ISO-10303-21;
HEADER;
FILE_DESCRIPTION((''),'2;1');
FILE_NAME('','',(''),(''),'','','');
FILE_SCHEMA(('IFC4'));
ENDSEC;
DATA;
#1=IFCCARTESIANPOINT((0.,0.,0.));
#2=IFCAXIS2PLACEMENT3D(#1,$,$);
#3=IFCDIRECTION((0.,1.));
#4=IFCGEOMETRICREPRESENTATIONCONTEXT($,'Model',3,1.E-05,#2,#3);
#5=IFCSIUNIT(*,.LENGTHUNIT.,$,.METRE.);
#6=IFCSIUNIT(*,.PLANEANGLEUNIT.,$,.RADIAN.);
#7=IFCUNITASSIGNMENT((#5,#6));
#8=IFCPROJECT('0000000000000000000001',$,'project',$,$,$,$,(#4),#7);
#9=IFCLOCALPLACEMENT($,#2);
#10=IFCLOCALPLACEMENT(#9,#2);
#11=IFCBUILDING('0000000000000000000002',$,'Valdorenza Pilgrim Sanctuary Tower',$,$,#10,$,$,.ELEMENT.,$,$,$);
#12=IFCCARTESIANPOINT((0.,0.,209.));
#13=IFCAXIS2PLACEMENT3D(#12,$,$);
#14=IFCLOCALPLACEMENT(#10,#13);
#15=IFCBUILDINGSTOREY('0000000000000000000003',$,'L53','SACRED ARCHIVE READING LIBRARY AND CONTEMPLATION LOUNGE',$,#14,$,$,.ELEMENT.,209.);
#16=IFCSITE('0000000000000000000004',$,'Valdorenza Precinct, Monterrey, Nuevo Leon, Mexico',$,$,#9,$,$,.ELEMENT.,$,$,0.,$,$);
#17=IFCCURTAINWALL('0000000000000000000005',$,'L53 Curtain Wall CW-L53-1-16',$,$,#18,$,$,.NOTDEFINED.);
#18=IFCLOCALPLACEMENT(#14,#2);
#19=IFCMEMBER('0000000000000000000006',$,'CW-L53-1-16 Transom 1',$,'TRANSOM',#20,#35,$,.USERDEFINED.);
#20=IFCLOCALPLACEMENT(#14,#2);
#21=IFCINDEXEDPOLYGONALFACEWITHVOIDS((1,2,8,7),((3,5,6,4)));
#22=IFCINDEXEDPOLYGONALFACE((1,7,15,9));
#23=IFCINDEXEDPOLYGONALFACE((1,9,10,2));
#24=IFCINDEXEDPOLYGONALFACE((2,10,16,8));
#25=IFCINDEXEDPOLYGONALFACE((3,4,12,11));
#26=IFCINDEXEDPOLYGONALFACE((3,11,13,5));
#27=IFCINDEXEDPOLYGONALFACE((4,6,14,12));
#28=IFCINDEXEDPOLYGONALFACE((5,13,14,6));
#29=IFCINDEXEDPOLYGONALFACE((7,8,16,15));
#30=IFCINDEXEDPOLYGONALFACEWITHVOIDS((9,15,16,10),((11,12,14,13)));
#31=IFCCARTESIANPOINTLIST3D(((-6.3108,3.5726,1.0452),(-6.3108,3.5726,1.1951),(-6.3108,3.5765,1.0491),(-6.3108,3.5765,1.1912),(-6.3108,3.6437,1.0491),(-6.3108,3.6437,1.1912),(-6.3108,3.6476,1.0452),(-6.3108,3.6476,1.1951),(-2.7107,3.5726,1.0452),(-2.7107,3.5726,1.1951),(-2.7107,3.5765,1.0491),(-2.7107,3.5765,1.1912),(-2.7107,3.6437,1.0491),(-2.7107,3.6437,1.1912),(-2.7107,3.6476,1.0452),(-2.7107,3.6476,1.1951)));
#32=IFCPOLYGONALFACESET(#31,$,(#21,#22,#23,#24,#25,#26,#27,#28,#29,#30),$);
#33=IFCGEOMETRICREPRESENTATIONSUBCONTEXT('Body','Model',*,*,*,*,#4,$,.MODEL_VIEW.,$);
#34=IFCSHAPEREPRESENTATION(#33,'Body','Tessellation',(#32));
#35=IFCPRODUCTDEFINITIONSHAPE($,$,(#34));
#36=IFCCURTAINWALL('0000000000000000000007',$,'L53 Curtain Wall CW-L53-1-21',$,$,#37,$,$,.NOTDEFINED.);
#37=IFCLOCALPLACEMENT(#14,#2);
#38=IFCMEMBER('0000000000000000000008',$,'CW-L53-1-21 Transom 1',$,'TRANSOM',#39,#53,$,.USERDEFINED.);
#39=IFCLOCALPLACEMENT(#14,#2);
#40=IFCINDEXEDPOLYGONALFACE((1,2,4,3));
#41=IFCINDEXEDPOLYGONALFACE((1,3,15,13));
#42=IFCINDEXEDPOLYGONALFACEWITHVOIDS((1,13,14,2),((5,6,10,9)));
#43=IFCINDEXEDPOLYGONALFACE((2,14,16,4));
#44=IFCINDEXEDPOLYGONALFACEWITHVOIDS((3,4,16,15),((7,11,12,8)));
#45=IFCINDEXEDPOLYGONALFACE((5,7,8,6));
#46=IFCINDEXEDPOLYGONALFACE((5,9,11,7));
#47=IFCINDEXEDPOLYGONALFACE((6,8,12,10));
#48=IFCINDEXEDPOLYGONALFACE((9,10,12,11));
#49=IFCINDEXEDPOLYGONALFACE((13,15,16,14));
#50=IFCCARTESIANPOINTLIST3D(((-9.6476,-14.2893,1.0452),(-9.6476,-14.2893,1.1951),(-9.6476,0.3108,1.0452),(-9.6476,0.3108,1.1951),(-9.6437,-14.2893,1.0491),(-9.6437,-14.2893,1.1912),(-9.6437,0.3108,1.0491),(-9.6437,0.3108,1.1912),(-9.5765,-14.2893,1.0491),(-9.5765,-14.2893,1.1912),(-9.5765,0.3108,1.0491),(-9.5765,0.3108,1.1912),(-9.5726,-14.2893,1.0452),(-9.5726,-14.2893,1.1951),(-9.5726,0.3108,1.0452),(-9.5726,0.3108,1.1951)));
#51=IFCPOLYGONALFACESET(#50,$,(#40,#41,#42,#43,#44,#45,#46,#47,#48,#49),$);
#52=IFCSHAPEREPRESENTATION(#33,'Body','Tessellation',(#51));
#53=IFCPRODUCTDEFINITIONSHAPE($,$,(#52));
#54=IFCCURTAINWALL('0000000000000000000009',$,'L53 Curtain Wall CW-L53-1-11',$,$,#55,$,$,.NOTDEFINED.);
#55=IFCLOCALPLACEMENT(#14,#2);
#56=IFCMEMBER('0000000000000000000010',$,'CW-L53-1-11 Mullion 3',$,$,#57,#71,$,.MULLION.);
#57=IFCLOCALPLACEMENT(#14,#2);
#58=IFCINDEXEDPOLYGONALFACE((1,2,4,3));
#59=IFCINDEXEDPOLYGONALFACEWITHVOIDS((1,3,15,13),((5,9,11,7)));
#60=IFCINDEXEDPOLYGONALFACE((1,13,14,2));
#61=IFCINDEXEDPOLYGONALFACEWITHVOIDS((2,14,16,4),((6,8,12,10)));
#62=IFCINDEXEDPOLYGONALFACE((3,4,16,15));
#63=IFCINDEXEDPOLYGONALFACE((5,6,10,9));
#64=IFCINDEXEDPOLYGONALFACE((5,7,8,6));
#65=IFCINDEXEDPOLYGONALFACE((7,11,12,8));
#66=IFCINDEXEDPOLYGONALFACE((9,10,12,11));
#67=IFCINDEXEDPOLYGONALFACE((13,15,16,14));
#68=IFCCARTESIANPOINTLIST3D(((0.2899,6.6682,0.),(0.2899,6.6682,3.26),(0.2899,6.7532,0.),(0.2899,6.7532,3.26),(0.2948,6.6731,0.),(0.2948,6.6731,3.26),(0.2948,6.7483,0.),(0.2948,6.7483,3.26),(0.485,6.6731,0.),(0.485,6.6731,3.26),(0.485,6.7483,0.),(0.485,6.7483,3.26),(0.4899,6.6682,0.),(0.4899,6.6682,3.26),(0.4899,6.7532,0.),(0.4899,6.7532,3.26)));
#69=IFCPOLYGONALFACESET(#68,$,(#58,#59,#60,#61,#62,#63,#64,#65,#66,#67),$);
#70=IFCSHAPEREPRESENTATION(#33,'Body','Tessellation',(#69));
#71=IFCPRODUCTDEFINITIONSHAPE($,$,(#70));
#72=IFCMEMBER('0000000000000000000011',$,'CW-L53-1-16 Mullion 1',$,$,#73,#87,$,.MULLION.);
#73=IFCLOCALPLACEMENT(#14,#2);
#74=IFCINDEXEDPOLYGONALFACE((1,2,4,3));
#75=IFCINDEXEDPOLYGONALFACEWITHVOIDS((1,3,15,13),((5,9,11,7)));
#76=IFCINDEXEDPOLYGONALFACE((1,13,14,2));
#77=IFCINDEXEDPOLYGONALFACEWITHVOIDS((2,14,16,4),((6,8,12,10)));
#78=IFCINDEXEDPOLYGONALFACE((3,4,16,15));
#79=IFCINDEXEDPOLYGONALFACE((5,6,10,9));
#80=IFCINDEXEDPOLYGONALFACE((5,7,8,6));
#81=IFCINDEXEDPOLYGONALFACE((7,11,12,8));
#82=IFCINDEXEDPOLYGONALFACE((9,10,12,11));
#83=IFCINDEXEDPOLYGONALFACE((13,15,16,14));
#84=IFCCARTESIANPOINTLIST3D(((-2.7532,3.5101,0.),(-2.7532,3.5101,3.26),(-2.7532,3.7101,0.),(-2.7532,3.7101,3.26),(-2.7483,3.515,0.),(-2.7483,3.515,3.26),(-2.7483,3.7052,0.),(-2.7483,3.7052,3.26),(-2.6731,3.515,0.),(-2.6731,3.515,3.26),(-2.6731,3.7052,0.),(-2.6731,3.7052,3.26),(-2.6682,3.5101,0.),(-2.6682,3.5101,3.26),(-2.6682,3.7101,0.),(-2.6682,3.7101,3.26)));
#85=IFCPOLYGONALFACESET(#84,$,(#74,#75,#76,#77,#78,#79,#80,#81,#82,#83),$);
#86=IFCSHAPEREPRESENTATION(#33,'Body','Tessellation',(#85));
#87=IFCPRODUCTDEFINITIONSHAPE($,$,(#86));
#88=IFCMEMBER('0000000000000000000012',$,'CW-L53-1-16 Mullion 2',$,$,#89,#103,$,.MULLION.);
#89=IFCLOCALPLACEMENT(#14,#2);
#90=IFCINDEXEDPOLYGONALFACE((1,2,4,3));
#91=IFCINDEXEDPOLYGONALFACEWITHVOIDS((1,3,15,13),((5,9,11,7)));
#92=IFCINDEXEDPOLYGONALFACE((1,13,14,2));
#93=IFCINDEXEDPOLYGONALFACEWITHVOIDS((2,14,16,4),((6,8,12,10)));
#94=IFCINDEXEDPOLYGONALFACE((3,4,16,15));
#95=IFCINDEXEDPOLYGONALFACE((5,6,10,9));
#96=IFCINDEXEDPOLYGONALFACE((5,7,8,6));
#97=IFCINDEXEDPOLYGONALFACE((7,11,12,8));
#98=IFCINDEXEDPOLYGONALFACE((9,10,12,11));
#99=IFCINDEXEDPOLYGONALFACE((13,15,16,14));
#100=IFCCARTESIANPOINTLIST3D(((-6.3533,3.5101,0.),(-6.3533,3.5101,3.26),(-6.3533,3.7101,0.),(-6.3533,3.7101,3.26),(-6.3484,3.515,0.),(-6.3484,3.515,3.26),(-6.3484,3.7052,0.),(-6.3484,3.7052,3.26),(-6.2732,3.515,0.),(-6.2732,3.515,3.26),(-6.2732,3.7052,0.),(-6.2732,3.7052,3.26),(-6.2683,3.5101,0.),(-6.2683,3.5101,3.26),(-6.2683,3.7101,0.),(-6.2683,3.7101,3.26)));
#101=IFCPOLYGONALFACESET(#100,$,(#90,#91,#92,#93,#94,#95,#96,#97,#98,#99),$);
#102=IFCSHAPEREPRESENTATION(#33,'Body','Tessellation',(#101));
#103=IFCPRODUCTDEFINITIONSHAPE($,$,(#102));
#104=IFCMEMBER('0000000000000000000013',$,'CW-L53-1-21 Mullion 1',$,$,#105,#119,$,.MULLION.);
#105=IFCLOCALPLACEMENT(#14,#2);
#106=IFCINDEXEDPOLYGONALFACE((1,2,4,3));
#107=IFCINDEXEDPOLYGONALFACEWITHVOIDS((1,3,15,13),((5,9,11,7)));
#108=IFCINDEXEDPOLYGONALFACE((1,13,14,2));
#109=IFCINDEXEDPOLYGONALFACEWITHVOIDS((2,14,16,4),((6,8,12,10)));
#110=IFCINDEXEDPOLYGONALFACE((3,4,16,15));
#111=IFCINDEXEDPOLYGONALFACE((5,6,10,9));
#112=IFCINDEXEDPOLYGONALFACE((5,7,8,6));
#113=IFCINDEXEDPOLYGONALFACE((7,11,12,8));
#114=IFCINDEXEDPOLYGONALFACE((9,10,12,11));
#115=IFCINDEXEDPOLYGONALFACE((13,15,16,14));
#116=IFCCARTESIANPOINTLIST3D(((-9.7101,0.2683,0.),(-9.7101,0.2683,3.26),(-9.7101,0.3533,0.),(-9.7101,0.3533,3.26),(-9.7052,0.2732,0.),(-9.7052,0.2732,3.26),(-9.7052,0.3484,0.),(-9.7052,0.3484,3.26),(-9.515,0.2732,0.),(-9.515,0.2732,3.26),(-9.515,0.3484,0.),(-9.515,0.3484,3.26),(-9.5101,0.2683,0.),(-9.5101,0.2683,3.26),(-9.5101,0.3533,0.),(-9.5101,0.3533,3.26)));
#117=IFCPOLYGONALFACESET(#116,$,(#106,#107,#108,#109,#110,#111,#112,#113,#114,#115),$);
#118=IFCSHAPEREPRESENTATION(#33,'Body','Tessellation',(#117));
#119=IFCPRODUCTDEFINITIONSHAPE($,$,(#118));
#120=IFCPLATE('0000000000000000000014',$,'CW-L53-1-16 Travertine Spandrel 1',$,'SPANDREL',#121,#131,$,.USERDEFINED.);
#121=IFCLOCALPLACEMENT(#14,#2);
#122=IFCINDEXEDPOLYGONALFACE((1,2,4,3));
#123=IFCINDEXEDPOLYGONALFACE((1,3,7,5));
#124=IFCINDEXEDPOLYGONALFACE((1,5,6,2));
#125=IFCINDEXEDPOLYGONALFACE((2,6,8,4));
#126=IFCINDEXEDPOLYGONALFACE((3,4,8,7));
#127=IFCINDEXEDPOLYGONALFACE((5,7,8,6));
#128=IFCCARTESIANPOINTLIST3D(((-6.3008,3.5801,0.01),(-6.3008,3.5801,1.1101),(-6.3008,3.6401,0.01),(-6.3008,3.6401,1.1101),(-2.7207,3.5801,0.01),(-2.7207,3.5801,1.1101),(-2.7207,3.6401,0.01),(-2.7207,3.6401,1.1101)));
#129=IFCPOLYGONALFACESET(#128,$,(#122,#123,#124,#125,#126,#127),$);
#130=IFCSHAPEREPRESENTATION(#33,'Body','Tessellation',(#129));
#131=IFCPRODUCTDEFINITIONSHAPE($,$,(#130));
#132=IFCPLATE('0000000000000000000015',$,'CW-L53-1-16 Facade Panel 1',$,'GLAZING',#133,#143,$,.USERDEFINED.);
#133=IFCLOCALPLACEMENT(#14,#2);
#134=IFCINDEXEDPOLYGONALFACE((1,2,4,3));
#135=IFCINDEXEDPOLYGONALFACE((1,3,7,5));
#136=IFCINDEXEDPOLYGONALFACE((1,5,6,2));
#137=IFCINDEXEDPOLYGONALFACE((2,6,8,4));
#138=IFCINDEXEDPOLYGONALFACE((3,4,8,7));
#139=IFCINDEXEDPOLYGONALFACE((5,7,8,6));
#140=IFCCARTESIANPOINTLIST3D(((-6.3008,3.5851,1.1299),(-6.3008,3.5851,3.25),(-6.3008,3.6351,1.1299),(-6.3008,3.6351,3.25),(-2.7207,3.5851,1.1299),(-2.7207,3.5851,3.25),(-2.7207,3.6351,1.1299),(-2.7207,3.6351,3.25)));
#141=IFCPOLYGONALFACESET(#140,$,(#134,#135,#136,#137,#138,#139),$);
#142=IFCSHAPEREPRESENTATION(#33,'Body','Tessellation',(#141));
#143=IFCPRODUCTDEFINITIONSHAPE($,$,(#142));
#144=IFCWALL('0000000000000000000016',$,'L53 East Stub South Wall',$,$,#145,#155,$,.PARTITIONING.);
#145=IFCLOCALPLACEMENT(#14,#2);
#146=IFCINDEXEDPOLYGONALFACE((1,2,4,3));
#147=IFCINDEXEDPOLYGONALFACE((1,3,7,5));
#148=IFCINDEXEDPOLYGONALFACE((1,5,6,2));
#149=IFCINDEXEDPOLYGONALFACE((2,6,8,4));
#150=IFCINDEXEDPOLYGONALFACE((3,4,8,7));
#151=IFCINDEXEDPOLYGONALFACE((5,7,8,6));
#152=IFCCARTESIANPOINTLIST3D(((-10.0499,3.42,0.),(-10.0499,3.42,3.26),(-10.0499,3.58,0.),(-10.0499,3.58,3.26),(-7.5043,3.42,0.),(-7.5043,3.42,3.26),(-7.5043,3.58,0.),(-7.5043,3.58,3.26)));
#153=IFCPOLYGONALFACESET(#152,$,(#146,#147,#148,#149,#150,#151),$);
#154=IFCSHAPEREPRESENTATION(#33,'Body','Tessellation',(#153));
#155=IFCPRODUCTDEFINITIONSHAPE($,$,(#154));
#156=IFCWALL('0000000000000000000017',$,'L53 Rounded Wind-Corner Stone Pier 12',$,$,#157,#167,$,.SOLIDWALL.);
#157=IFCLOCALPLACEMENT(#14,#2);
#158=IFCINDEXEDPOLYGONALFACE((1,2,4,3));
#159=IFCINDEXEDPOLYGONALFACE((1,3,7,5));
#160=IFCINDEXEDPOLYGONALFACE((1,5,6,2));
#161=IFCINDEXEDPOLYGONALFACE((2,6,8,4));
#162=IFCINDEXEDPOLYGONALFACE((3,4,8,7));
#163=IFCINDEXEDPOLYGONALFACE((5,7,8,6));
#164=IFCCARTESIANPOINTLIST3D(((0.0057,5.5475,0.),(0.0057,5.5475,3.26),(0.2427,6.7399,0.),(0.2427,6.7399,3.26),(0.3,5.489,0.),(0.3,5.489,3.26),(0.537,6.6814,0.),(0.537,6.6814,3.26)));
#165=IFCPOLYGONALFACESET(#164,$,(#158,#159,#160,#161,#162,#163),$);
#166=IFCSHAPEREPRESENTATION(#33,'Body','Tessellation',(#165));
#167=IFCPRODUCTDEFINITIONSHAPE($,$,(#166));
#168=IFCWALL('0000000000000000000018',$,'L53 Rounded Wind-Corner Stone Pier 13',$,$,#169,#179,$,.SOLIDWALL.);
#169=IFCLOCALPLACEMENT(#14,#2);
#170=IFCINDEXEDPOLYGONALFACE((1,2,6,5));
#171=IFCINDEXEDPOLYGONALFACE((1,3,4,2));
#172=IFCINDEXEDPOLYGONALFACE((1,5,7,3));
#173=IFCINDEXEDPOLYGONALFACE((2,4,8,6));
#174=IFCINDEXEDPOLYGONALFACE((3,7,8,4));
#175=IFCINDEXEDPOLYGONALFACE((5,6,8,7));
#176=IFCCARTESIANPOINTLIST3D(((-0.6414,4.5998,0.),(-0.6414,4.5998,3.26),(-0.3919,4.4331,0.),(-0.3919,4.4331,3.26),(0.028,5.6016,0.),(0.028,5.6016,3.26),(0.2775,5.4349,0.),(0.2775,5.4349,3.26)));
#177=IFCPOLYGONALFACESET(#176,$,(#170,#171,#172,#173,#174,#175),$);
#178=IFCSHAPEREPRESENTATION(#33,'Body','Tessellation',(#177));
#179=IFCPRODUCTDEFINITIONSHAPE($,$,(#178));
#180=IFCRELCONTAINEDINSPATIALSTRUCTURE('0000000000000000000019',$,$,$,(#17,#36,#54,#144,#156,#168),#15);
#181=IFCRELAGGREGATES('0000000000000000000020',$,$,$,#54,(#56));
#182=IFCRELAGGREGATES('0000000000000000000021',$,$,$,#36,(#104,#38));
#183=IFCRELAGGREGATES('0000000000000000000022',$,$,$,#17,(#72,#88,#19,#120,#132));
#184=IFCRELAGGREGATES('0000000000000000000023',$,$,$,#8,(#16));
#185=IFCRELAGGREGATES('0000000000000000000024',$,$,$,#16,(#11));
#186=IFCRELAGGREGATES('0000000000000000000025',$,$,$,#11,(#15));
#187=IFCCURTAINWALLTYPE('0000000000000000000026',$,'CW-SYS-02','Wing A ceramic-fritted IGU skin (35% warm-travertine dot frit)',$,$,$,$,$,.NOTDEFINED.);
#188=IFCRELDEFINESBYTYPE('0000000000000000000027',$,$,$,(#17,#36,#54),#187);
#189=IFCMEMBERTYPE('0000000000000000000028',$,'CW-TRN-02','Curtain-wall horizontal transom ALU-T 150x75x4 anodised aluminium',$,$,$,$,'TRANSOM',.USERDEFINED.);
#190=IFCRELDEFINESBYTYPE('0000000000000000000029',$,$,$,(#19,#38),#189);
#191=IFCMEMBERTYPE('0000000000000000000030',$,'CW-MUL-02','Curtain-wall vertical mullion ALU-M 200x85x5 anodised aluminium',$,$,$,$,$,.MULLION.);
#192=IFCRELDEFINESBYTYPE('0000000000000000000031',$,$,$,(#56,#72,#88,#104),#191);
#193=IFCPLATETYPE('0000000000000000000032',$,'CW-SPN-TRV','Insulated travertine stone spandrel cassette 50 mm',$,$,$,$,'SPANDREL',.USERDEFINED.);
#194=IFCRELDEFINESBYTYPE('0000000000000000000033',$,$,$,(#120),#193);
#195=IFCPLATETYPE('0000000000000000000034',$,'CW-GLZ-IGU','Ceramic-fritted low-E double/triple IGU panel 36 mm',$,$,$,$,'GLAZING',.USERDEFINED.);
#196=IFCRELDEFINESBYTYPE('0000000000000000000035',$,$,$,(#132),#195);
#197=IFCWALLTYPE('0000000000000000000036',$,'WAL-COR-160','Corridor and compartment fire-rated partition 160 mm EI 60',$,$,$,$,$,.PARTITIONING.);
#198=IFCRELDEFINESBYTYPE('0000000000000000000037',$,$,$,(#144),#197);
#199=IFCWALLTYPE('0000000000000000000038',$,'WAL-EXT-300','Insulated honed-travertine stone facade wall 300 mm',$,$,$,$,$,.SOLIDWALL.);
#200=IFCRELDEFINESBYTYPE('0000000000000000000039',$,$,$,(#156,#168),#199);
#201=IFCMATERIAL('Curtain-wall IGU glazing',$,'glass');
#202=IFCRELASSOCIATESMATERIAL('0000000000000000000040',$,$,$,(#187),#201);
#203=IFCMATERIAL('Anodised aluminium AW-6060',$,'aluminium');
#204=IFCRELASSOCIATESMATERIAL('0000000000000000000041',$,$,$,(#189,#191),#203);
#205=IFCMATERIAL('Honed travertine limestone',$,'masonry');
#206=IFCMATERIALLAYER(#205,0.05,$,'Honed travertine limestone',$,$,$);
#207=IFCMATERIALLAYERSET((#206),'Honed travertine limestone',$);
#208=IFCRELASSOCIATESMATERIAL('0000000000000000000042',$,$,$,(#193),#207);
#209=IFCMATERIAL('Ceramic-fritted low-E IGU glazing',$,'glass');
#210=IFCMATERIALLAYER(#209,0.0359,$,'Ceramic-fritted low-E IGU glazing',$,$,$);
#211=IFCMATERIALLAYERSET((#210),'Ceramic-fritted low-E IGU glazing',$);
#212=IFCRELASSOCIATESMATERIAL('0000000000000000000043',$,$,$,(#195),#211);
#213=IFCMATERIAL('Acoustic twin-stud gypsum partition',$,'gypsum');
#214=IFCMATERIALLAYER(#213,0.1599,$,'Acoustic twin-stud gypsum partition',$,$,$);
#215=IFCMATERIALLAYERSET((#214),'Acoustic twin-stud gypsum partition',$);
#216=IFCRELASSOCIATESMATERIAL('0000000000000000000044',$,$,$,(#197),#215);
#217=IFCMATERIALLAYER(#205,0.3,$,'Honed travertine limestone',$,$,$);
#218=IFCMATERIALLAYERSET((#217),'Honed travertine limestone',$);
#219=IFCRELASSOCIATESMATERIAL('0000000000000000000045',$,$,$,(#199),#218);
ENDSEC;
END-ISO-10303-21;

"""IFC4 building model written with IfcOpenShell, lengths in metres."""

from ifc_helpers import new_model, si_unit, direction, frame, frame_2d, origin, origin_2d, place, context, subcontext, project, spatial, rectangle, hollow_rectangle, extrude, source, transform, mapped, material, layer, layer_set, material_profile, profile_set, type_object, element, aggregate, save


model = new_model("IFC4")

# Units and contexts
model_context = context("Model", 3, precision=1e-05, world=origin(), true_north=direction((0.0, 1.0)))
body_context = subcontext(model_context, "Body", "Model", "MODEL_VIEW")
ifc_project = project(units=[si_unit("LENGTHUNIT", "METRE"), si_unit("PLANEANGLEUNIT", "RADIAN")], contexts=[model_context])

# Site, building, storey
site_placement = place(None, origin())
site = spatial("IfcSite", under=ifc_project, at=site_placement, Name="Valdorenza Precinct, Monterrey, Nuevo Leon, Mexico", CompositionType="ELEMENT", RefElevation=0.0)
building_placement = place(site_placement, origin())
building = spatial("IfcBuilding", under=site, at=building_placement, Name="Valdorenza Pilgrim Sanctuary Tower", CompositionType="ELEMENT")
storey_placement = place(building_placement, frame((0.0, 0.0, 209.0)))
storey = spatial("IfcBuildingStorey", under=building, at=storey_placement, Name="L53", Description="SACRED ARCHIVE READING LIBRARY AND CONTEMPLATION LOUNGE", CompositionType="ELEMENT", Elevation=209.0)

# Curtain walls, members
ifc_material_1 = material(Name="Curtain-wall IGU glazing", Category="glass")
curtain_wall_type = type_object("IfcCurtainWallType", Name="CW-SYS-02", Description="Wing A ceramic-fritted IGU skin (35% warm-travertine dot frit)", PredefinedType="NOTDEFINED", material=ifc_material_1)
curtain_wall_1_placement = place(storey_placement, origin())
curtain_wall_1 = element("IfcCurtainWall", 1, at=curtain_wall_1_placement, inside=storey, type_object=curtain_wall_type, Name="L53 Curtain Wall CW-L53-1-16", PredefinedType="NOTDEFINED")
ifc_material_2 = material(Name="Anodised aluminium AW-6060", Category="aluminium")
ifc_material_profile_1 = material_profile(ifc_material_2, hollow_rectangle(XDim=0.075, YDim=0.1499, WallThickness=0.0039, at=origin_2d()), Name="ALU-T 150x75x4")
ifc_profile_set_1 = profile_set([ifc_material_profile_1], Name="Anodised aluminium AW-6060")
member_type_1 = type_object("IfcMemberType", Name="CW-TRN-02", Description="Curtain-wall horizontal transom ALU-T 150x75x4 anodised aluminium", ElementType="TRANSOM", PredefinedType="USERDEFINED", material=ifc_profile_set_1)
shared_shape_1 = source(origin(), body_context, "Body", "SweptSolid", [
    extrude(hollow_rectangle(XDim=0.075, YDim=0.1499, WallThickness=0.0039, at=origin_2d()), origin(), (0.0, 0.0, 1.0), 3.6001),
])
member_1_placement = place(storey_placement, frame((-2.7107, 3.6101, 1.1201), z_axis=(-1.0, 0.0, 0.0), x_axis=(0.0, -1.0, 0.0)))
member_1 = element("IfcMember", 2, at=member_1_placement, type_object=member_type_1, Name="CW-L53-1-16 Transom 1", ObjectType="TRANSOM", PredefinedType="USERDEFINED", context=body_context, shape_type="MappedRepresentation", body=[
    mapped(shared_shape_1, transform((0.0, 0.0, 0.0), x_axis=(1.0, 0.0, 0.0), y_axis=(0.0, 1.0, 0.0), z_axis=(0.0, 0.0, 1.0), scale=1.0)),
])
curtain_wall_2_placement = place(storey_placement, origin())
curtain_wall_2 = element("IfcCurtainWall", 3, at=curtain_wall_2_placement, inside=storey, type_object=curtain_wall_type, Name="L53 Curtain Wall CW-L53-1-21", PredefinedType="NOTDEFINED")
shared_shape_2 = source(origin(), body_context, "Body", "SweptSolid", [
    extrude(hollow_rectangle(XDim=0.075, YDim=0.1499, WallThickness=0.0039, at=origin_2d()), origin(), (0.0, 0.0, 1.0), 14.6001),
])
member_2_placement = place(storey_placement, frame((-9.6101, 0.3108, 1.1201), z_axis=(0.0, -1.0, 0.0), x_axis=(1.0, 0.0, 0.0)))
member_2 = element("IfcMember", 4, at=member_2_placement, type_object=member_type_1, Name="CW-L53-1-21 Transom 1", ObjectType="TRANSOM", PredefinedType="USERDEFINED", context=body_context, shape_type="MappedRepresentation", body=[
    mapped(shared_shape_2, transform((0.0, 0.0, 0.0), x_axis=(1.0, 0.0, 0.0), y_axis=(0.0, 1.0, 0.0), z_axis=(0.0, 0.0, 1.0), scale=1.0)),
])
curtain_wall_3_placement = place(storey_placement, origin())
curtain_wall_3 = element("IfcCurtainWall", 5, at=curtain_wall_3_placement, inside=storey, type_object=curtain_wall_type, Name="L53 Curtain Wall CW-L53-1-11", PredefinedType="NOTDEFINED")
ifc_material_profile_2 = material_profile(ifc_material_2, hollow_rectangle(XDim=0.085, YDim=0.2, WallThickness=0.0049, at=origin_2d()), Name="ALU-M 200x85x5")
ifc_profile_set_2 = profile_set([ifc_material_profile_2], Name="Anodised aluminium AW-6060")
member_type_2 = type_object("IfcMemberType", Name="CW-MUL-02", Description="Curtain-wall vertical mullion ALU-M 200x85x5 anodised aluminium", PredefinedType="MULLION", material=ifc_profile_set_2)
shared_shape_3 = source(origin(), body_context, "Body", "SweptSolid", [
    extrude(hollow_rectangle(XDim=0.085, YDim=0.2, WallThickness=0.0049, at=origin_2d()), origin(), (0.0, 0.0, 1.0), 3.26),
])
member_3_placement = place(storey_placement, frame((0.3899, 6.7107, 0.0), z_axis=(0.0, 0.0, 1.0), x_axis=(0.0, -1.0, 0.0)))
member_3 = element("IfcMember", 6, at=member_3_placement, type_object=member_type_2, Name="CW-L53-1-11 Mullion 3", PredefinedType="MULLION", context=body_context, shape_type="MappedRepresentation", body=[
    mapped(shared_shape_3, transform((0.0, 0.0, 0.0), x_axis=(1.0, 0.0, 0.0), y_axis=(0.0, 1.0, 0.0), z_axis=(0.0, 0.0, 1.0), scale=1.0)),
])
aggregate(curtain_wall_3, [member_3])

# Members
member_4_placement = place(storey_placement, frame((-2.7107, 3.6101, 0.0), z_axis=(0.0, 0.0, 1.0), x_axis=(-1.0, 0.0, 0.0)))
member_4 = element("IfcMember", 7, at=member_4_placement, type_object=member_type_2, Name="CW-L53-1-16 Mullion 1", PredefinedType="MULLION", context=body_context, shape_type="MappedRepresentation", body=[
    mapped(shared_shape_3, transform((0.0, 0.0, 0.0), x_axis=(1.0, 0.0, 0.0), y_axis=(0.0, 1.0, 0.0), z_axis=(0.0, 0.0, 1.0), scale=1.0)),
])
member_5_placement = place(storey_placement, frame((-6.3108, 3.6101, 0.0), z_axis=(0.0, 0.0, 1.0), x_axis=(-1.0, 0.0, 0.0)))
member_5 = element("IfcMember", 8, at=member_5_placement, type_object=member_type_2, Name="CW-L53-1-16 Mullion 2", PredefinedType="MULLION", context=body_context, shape_type="MappedRepresentation", body=[
    mapped(shared_shape_3, transform((0.0, 0.0, 0.0), x_axis=(1.0, 0.0, 0.0), y_axis=(0.0, 1.0, 0.0), z_axis=(0.0, 0.0, 1.0), scale=1.0)),
])
member_6_placement = place(storey_placement, frame((-9.6101, 0.3108, 0.0), z_axis=(0.0, 0.0, 1.0), x_axis=(0.0, -1.0, 0.0)))
member_6 = element("IfcMember", 9, at=member_6_placement, type_object=member_type_2, Name="CW-L53-1-21 Mullion 1", PredefinedType="MULLION", context=body_context, shape_type="MappedRepresentation", body=[
    mapped(shared_shape_3, transform((0.0, 0.0, 0.0), x_axis=(1.0, 0.0, 0.0), y_axis=(0.0, 1.0, 0.0), z_axis=(0.0, 0.0, 1.0), scale=1.0)),
])
aggregate(curtain_wall_2, [member_6, member_2])

# Plates
ifc_material_3 = material(Name="Honed travertine limestone", Category="masonry")
ifc_layer_1 = layer(ifc_material_3, 0.05, Name="Honed travertine limestone")
ifc_layer_set_1 = layer_set([ifc_layer_1], Name="Honed travertine limestone")
plate_type_1 = type_object("IfcPlateType", Name="CW-SPN-TRV", Description="Insulated travertine stone spandrel cassette 50 mm", ElementType="SPANDREL", PredefinedType="USERDEFINED", material=ifc_layer_set_1)
shared_shape_4 = source(origin(), body_context, "Body", "SweptSolid", [
    extrude(rectangle(XDim=3.5801, YDim=0.0601, at=origin_2d()), origin(), (0.0, 0.0, 1.0), 1.1001),
])
plate_1_placement = place(storey_placement, frame((-4.5107, 3.6101, 0.01), z_axis=(0.0, 0.0, 1.0), x_axis=(-1.0, 0.0, 0.0)))
plate_1 = element("IfcPlate", 10, at=plate_1_placement, type_object=plate_type_1, Name="CW-L53-1-16 Travertine Spandrel 1", ObjectType="SPANDREL", PredefinedType="USERDEFINED", context=body_context, shape_type="MappedRepresentation", body=[
    mapped(shared_shape_4, transform((0.0, 0.0, 0.0), x_axis=(1.0, 0.0, 0.0), y_axis=(0.0, 1.0, 0.0), z_axis=(0.0, 0.0, 1.0), scale=1.0)),
])
ifc_material_4 = material(Name="Ceramic-fritted low-E IGU glazing", Category="glass")
ifc_layer_2 = layer(ifc_material_4, 0.0359, Name="Ceramic-fritted low-E IGU glazing")
ifc_layer_set_2 = layer_set([ifc_layer_2], Name="Ceramic-fritted low-E IGU glazing")
plate_type_2 = type_object("IfcPlateType", Name="CW-GLZ-IGU", Description="Ceramic-fritted low-E double/triple IGU panel 36 mm", ElementType="GLAZING", PredefinedType="USERDEFINED", material=ifc_layer_set_2)
shared_shape_5 = source(origin(), body_context, "Body", "SweptSolid", [
    extrude(rectangle(XDim=3.5801, YDim=0.05, at=origin_2d()), origin(), (0.0, 0.0, 1.0), 2.1201),
])
plate_2_placement = place(storey_placement, frame((-4.5107, 3.6101, 1.1299), z_axis=(0.0, 0.0, 1.0), x_axis=(-1.0, 0.0, 0.0)))
plate_2 = element("IfcPlate", 11, at=plate_2_placement, type_object=plate_type_2, Name="CW-L53-1-16 Facade Panel 1", ObjectType="GLAZING", PredefinedType="USERDEFINED", context=body_context, shape_type="MappedRepresentation", body=[
    mapped(shared_shape_5, transform((0.0, 0.0, 0.0), x_axis=(1.0, 0.0, 0.0), y_axis=(0.0, 1.0, 0.0), z_axis=(0.0, 0.0, 1.0), scale=1.0)),
])
aggregate(curtain_wall_1, [member_4, member_5, member_1, plate_1, plate_2])

# Walls
ifc_material_5 = material(Name="Acoustic twin-stud gypsum partition", Category="gypsum")
ifc_layer_3 = layer(ifc_material_5, 0.1599, Name="Acoustic twin-stud gypsum partition")
ifc_layer_set_3 = layer_set([ifc_layer_3], Name="Acoustic twin-stud gypsum partition")
wall_type_1 = type_object("IfcWallType", Name="WAL-COR-160", Description="Corridor and compartment fire-rated partition 160 mm EI 60", PredefinedType="PARTITIONING", material=ifc_layer_set_3)
wall_1_placement = place(storey_placement, frame((-10.05, 3.5, 0.0), z_axis=(0.0, 0.0, 1.0), x_axis=(1.0, 0.0, 0.0)))
element("IfcWall", 12, at=wall_1_placement, inside=storey, type_object=wall_type_1, Name="L53 East Stub South Wall", PredefinedType="PARTITIONING", context=body_context, shape_type="SweptSolid", body=[
    extrude(rectangle(XDim=2.5457, YDim=0.1599, at=frame_2d((1.2729, 0.0))), origin(), (0.0, 0.0, 1.0), 3.26),
])
ifc_layer_4 = layer(ifc_material_3, 0.3, Name="Honed travertine limestone")
ifc_layer_set_4 = layer_set([ifc_layer_4], Name="Honed travertine limestone")
wall_type_2 = type_object("IfcWallType", Name="WAL-EXT-300", Description="Insulated honed-travertine stone facade wall 300 mm", PredefinedType="SOLIDWALL", material=ifc_layer_set_4)
wall_2_placement = place(storey_placement, frame((0.3899, 6.7107, 0.0), z_axis=(0.0, 0.0, 1.0), x_axis=(-0.194996, -0.980804, 0.0)))
element("IfcWall", 13, at=wall_2_placement, inside=storey, type_object=wall_type_2, Name="L53 Rounded Wind-Corner Stone Pier 12", PredefinedType="SOLIDWALL", context=body_context, shape_type="SweptSolid", body=[
    extrude(rectangle(XDim=1.2158, YDim=0.3, at=frame_2d((0.6079, 0.0))), origin(), (0.0, 0.0, 1.0), 3.26),
])
for number, where, z_axis, x_axis, name in (
    (14, (0.1528, 5.5183, 0.0), (0.0, 0.0, 1.0), (-0.555635, -0.831426, 0.0), "L53 Rounded Wind-Corner Stone Pier 13"),
):
    element("IfcWall", number, at=place(storey_placement, frame(where, z_axis=z_axis, x_axis=x_axis)), inside=storey, type_object=wall_type_2, Name=name, PredefinedType="SOLIDWALL", context=body_context, shape_type="SweptSolid", body=[
        extrude(rectangle(XDim=1.2048, YDim=0.3, at=frame_2d((0.6025, 0.0))), origin(), (0.0, 0.0, 1.0), 3.26),
    ])

save(model, "model.ifc")
